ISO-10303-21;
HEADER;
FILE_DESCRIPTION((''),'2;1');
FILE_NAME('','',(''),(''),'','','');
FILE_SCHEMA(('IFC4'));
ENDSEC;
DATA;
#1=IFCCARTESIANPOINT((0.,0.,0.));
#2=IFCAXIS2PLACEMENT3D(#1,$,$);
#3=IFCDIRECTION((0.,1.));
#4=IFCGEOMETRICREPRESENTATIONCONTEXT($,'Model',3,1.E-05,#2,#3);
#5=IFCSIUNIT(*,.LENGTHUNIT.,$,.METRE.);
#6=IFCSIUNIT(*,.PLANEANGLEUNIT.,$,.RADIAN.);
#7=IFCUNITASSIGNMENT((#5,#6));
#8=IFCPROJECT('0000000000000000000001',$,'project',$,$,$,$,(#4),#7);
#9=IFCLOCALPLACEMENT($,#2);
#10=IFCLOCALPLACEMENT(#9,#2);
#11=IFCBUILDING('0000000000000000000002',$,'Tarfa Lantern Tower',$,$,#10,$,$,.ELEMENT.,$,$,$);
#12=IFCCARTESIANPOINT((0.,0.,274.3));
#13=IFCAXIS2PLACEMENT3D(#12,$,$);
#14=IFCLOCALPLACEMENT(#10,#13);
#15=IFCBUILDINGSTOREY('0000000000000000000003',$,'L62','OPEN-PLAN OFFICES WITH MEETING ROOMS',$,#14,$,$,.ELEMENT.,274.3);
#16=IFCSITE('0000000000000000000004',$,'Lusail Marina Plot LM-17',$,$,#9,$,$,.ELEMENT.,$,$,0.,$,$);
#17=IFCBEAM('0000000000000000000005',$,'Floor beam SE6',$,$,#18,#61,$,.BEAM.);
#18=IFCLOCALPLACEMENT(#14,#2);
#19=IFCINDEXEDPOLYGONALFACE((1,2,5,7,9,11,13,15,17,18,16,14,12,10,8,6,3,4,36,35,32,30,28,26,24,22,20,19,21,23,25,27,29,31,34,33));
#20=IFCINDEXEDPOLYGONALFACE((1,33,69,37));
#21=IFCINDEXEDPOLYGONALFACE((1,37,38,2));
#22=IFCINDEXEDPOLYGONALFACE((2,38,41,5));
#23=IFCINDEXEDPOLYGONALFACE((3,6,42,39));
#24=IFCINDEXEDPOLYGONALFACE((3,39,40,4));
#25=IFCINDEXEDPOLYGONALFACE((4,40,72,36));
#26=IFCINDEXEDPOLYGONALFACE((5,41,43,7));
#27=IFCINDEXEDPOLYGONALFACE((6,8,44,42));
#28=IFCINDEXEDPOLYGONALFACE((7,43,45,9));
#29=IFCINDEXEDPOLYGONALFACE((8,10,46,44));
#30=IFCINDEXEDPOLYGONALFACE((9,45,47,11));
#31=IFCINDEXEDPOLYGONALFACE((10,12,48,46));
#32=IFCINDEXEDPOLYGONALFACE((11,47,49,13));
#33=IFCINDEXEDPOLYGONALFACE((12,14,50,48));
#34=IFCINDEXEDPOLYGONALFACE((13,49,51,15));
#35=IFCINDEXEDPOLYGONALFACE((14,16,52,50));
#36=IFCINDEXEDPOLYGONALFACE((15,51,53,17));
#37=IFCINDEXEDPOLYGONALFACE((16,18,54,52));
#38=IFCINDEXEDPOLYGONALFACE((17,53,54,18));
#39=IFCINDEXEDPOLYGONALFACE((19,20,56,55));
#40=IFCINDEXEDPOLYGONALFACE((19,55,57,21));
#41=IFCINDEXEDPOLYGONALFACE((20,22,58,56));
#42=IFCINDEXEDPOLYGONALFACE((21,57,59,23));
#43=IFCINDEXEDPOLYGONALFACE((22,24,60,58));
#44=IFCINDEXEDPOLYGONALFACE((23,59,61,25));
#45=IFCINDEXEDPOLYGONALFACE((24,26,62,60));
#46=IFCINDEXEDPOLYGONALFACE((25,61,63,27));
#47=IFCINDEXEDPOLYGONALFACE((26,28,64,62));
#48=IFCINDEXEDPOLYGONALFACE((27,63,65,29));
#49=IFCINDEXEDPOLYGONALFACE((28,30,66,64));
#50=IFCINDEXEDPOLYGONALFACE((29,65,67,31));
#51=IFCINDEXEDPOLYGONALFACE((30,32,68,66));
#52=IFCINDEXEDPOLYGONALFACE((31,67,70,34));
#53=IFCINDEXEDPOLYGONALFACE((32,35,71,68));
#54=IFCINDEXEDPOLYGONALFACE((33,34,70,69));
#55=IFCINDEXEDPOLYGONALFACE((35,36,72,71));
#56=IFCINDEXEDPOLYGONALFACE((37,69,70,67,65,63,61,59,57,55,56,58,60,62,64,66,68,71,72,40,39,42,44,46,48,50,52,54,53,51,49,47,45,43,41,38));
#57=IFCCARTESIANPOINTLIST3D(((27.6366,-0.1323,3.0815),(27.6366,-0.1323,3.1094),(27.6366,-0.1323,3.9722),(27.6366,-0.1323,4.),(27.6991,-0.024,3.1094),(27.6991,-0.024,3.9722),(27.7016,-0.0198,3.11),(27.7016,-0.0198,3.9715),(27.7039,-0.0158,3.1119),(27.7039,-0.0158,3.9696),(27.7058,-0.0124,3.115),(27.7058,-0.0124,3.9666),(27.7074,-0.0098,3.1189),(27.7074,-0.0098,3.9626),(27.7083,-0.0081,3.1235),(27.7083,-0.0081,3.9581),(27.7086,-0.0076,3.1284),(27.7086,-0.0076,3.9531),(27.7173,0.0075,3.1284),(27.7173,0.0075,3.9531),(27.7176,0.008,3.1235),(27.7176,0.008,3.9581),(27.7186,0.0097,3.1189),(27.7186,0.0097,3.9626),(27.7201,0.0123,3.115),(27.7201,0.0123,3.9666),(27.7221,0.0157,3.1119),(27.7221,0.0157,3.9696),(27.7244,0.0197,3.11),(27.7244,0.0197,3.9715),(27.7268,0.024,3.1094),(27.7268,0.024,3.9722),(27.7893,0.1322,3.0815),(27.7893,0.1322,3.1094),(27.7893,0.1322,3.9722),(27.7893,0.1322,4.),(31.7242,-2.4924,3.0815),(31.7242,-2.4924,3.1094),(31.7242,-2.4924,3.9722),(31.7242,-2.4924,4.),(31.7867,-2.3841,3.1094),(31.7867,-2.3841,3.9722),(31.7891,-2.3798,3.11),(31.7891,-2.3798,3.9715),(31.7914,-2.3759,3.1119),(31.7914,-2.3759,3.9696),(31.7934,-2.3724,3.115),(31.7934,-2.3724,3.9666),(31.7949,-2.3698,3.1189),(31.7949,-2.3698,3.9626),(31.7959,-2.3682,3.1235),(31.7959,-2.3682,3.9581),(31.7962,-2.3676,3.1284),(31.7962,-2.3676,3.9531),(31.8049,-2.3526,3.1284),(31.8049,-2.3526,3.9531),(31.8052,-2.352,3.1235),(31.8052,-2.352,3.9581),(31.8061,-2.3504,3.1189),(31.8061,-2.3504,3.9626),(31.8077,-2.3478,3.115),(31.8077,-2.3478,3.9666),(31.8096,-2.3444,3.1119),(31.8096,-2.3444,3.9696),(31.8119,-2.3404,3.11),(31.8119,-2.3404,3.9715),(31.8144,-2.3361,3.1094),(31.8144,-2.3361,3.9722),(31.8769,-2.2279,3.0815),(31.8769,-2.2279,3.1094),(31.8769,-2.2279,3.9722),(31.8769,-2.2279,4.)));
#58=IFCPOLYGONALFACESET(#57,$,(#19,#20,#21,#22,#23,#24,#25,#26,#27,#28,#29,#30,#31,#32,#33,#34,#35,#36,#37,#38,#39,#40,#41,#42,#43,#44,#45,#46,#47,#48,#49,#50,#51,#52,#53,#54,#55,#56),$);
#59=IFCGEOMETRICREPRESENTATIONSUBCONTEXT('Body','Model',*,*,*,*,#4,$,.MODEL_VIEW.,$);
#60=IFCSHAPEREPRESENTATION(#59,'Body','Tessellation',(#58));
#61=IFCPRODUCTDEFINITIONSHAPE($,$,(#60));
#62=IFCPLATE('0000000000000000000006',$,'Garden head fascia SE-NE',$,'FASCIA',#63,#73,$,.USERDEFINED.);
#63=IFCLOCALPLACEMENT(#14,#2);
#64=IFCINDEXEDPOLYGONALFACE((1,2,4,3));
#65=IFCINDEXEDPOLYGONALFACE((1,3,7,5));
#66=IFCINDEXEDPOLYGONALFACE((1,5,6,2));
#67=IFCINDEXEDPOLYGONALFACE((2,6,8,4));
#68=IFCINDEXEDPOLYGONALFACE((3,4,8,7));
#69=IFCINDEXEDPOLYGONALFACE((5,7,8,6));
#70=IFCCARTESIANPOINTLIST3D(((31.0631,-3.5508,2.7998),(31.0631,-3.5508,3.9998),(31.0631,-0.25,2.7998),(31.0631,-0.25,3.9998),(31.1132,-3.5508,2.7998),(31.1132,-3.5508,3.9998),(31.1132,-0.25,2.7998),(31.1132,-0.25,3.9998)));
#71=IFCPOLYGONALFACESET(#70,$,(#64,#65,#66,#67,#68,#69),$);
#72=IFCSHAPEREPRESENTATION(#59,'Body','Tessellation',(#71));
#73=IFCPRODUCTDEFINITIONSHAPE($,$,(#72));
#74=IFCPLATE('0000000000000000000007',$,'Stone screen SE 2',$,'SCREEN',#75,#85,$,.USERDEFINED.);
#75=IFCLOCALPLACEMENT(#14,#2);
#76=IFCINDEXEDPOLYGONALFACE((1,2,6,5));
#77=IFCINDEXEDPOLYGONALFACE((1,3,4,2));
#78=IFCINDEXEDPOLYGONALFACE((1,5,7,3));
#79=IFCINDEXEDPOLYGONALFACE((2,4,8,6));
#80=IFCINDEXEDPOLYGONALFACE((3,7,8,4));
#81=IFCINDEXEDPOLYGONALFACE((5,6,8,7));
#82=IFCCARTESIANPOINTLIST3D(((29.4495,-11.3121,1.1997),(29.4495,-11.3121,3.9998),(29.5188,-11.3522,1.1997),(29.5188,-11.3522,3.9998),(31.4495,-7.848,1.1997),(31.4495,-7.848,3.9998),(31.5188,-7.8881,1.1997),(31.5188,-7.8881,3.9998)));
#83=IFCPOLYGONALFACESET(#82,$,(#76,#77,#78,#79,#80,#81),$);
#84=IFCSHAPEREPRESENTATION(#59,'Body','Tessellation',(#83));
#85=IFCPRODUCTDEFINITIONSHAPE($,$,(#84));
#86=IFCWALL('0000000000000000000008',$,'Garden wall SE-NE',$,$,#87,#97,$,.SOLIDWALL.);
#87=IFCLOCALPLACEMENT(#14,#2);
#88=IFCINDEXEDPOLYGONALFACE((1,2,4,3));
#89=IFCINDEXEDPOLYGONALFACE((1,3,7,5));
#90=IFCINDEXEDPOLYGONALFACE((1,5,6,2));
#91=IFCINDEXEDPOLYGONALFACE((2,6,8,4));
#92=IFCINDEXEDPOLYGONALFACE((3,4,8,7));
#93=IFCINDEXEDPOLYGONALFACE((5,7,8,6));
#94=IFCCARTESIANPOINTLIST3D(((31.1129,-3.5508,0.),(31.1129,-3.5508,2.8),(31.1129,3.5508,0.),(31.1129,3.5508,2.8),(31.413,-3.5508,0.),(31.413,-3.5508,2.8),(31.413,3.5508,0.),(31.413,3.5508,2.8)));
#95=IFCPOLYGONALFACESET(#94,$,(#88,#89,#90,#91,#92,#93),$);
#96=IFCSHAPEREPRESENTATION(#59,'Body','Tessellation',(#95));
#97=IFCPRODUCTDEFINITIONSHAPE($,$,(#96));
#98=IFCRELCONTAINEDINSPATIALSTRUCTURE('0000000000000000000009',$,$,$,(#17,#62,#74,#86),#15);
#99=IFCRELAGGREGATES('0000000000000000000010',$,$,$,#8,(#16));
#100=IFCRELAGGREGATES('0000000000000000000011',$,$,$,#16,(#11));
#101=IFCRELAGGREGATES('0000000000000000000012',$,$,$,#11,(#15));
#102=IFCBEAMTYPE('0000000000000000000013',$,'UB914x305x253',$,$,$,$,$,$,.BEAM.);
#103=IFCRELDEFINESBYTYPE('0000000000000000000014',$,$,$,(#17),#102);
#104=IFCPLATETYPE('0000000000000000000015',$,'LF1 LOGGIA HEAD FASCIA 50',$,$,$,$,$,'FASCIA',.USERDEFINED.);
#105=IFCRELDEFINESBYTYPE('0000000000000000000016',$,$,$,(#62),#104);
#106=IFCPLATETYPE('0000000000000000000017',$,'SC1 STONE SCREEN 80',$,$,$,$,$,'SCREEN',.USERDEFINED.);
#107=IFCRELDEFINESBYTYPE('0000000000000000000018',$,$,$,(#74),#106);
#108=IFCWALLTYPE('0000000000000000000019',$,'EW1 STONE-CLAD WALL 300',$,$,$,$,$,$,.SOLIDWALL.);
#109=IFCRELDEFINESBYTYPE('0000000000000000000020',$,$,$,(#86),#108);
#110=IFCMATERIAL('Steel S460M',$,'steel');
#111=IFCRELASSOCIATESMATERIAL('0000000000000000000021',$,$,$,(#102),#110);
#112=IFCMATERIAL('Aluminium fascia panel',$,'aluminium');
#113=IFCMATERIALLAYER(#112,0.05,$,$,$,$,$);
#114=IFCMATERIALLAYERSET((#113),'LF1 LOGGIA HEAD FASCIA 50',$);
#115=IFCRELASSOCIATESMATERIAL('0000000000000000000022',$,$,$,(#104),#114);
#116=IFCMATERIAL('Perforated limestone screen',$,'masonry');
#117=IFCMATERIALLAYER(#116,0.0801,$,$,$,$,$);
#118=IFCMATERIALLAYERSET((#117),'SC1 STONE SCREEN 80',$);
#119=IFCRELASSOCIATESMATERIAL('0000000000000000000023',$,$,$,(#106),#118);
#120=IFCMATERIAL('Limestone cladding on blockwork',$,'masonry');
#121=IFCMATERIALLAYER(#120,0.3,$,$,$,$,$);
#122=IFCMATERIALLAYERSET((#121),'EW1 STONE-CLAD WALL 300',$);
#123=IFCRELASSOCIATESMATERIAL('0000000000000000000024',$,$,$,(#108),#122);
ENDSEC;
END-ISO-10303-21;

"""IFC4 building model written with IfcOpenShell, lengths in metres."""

from ifc_helpers import new_model, si_unit, direction, frame, frame_2d, origin, origin_2d, place, context, subcontext, project, spatial, rectangle, i_section, extrude, material, layer, layer_set, material_profile, profile_set, type_object, element, save


model = new_model("IFC4")

# Units and contexts
model_context = context("Model", 3, precision=1e-05, world=origin(), true_north=direction((0.0, 1.0)))
body_context = subcontext(model_context, "Body", "Model", "MODEL_VIEW")
ifc_project = project(units=[si_unit("LENGTHUNIT", "METRE"), si_unit("PLANEANGLEUNIT", "RADIAN")], contexts=[model_context])

# Site, building, storey
site_placement = place(None, origin())
site = spatial("IfcSite", under=ifc_project, at=site_placement, Name="Lusail Marina Plot LM-17", CompositionType="ELEMENT", RefElevation=0.0)
building_placement = place(site_placement, origin())
building = spatial("IfcBuilding", under=site, at=building_placement, Name="Tarfa Lantern Tower", CompositionType="ELEMENT")
storey_placement = place(building_placement, frame((0.0, 0.0, 274.3)))
storey = spatial("IfcBuildingStorey", under=building, at=storey_placement, Name="L62", Description="OPEN-PLAN OFFICES WITH MEETING ROOMS", CompositionType="ELEMENT", Elevation=274.3)

# Beam
ifc_material_1 = material(Name="Steel S460M", Category="steel")
ifc_material_profile_1 = material_profile(ifc_material_1, i_section(OverallWidth=0.3054, OverallDepth=0.9185, WebThickness=0.0173, FlangeThickness=0.0278, FilletRadius=0.019, at=origin_2d()), Name="UB914x305x253")
ifc_profile_set_1 = profile_set([ifc_material_profile_1], Name="Steel S460M")
beam_type_1 = type_object("IfcBeamType", Name="UB914x305x253", PredefinedType="BEAM", material=ifc_profile_set_1)
beam_1_placement = place(storey_placement, frame((31.8005, -2.3601, 3.5408), z_axis=(-0.866016, 0.500016, 0.0), x_axis=(-0.500016, -0.866016, 0.0)))
element("IfcBeam", 1, at=beam_1_placement, inside=storey, type_object=beam_type_1, Name="Floor beam SE6", PredefinedType="BEAM", context=body_context, shape_type="SweptSolid", body=[
    extrude(i_section(OverallWidth=0.3054, OverallDepth=0.9185, WebThickness=0.0173, FlangeThickness=0.0278, FilletRadius=0.019, at=origin_2d()), origin(), (0.0, 0.0, 1.0), 4.72),
])

# Plates
ifc_material_2 = material(Name="Aluminium fascia panel", Category="aluminium")
ifc_layer_1 = layer(ifc_material_2, 0.05)
ifc_layer_set_1 = layer_set([ifc_layer_1], Name="LF1 LOGGIA HEAD FASCIA 50")
plate_type_1 = type_object("IfcPlateType", Name="LF1 LOGGIA HEAD FASCIA 50", ElementType="FASCIA", PredefinedType="USERDEFINED", material=ifc_layer_set_1)
plate_1_placement = place(storey_placement, frame((31.0881, -1.9004, 2.7998), z_axis=(0.0, 0.0, 1.0), x_axis=(0.0, 1.0, 0.0)))
element("IfcPlate", 2, at=plate_1_placement, inside=storey, type_object=plate_type_1, Name="Garden head fascia SE-NE", ObjectType="FASCIA", PredefinedType="USERDEFINED", context=body_context, shape_type="SweptSolid", body=[
    extrude(rectangle(XDim=3.3008, YDim=0.05, at=origin_2d()), origin(), (0.0, 0.0, 1.0), 1.2),
])
ifc_material_3 = material(Name="Perforated limestone screen", Category="masonry")
ifc_layer_2 = layer(ifc_material_3, 0.0801)
ifc_layer_set_2 = layer_set([ifc_layer_2], Name="SC1 STONE SCREEN 80")
plate_type_2 = type_object("IfcPlateType", Name="SC1 STONE SCREEN 80", ElementType="SCREEN", PredefinedType="USERDEFINED", material=ifc_layer_set_2)
plate_2_placement = place(storey_placement, frame((30.4841, -9.6001, 1.1997), z_axis=(0.0, 0.0, 1.0), x_axis=(0.5, 0.866025, 0.0)))
element("IfcPlate", 3, at=plate_2_placement, inside=storey, type_object=plate_type_2, Name="Stone screen SE 2", ObjectType="SCREEN", PredefinedType="USERDEFINED", context=body_context, shape_type="SweptSolid", body=[
    extrude(rectangle(XDim=4.0, YDim=0.0801, at=origin_2d()), origin(), (0.0, 0.0, 1.0), 2.8),
])

# Wall
ifc_material_4 = material(Name="Limestone cladding on blockwork", Category="masonry")
ifc_layer_3 = layer(ifc_material_4, 0.3)
ifc_layer_set_3 = layer_set([ifc_layer_3], Name="EW1 STONE-CLAD WALL 300")
wall_type = type_object("IfcWallType", Name="EW1 STONE-CLAD WALL 300", PredefinedType="SOLIDWALL", material=ifc_layer_set_3)
wall_placement = place(storey_placement, frame((31.2629, -3.5508, 0.0), z_axis=(0.0, 0.0, 1.0), x_axis=(0.0, 1.0, 0.0)))
element("IfcWall", 4, at=wall_placement, inside=storey, type_object=wall_type, Name="Garden wall SE-NE", PredefinedType="SOLIDWALL", context=body_context, shape_type="SweptSolid", body=[
    extrude(rectangle(XDim=7.1016, YDim=0.3, at=frame_2d((3.5508, 0.0))), origin(), (0.0, 0.0, 1.0), 2.8),
])

save(model, "model.ifc")
